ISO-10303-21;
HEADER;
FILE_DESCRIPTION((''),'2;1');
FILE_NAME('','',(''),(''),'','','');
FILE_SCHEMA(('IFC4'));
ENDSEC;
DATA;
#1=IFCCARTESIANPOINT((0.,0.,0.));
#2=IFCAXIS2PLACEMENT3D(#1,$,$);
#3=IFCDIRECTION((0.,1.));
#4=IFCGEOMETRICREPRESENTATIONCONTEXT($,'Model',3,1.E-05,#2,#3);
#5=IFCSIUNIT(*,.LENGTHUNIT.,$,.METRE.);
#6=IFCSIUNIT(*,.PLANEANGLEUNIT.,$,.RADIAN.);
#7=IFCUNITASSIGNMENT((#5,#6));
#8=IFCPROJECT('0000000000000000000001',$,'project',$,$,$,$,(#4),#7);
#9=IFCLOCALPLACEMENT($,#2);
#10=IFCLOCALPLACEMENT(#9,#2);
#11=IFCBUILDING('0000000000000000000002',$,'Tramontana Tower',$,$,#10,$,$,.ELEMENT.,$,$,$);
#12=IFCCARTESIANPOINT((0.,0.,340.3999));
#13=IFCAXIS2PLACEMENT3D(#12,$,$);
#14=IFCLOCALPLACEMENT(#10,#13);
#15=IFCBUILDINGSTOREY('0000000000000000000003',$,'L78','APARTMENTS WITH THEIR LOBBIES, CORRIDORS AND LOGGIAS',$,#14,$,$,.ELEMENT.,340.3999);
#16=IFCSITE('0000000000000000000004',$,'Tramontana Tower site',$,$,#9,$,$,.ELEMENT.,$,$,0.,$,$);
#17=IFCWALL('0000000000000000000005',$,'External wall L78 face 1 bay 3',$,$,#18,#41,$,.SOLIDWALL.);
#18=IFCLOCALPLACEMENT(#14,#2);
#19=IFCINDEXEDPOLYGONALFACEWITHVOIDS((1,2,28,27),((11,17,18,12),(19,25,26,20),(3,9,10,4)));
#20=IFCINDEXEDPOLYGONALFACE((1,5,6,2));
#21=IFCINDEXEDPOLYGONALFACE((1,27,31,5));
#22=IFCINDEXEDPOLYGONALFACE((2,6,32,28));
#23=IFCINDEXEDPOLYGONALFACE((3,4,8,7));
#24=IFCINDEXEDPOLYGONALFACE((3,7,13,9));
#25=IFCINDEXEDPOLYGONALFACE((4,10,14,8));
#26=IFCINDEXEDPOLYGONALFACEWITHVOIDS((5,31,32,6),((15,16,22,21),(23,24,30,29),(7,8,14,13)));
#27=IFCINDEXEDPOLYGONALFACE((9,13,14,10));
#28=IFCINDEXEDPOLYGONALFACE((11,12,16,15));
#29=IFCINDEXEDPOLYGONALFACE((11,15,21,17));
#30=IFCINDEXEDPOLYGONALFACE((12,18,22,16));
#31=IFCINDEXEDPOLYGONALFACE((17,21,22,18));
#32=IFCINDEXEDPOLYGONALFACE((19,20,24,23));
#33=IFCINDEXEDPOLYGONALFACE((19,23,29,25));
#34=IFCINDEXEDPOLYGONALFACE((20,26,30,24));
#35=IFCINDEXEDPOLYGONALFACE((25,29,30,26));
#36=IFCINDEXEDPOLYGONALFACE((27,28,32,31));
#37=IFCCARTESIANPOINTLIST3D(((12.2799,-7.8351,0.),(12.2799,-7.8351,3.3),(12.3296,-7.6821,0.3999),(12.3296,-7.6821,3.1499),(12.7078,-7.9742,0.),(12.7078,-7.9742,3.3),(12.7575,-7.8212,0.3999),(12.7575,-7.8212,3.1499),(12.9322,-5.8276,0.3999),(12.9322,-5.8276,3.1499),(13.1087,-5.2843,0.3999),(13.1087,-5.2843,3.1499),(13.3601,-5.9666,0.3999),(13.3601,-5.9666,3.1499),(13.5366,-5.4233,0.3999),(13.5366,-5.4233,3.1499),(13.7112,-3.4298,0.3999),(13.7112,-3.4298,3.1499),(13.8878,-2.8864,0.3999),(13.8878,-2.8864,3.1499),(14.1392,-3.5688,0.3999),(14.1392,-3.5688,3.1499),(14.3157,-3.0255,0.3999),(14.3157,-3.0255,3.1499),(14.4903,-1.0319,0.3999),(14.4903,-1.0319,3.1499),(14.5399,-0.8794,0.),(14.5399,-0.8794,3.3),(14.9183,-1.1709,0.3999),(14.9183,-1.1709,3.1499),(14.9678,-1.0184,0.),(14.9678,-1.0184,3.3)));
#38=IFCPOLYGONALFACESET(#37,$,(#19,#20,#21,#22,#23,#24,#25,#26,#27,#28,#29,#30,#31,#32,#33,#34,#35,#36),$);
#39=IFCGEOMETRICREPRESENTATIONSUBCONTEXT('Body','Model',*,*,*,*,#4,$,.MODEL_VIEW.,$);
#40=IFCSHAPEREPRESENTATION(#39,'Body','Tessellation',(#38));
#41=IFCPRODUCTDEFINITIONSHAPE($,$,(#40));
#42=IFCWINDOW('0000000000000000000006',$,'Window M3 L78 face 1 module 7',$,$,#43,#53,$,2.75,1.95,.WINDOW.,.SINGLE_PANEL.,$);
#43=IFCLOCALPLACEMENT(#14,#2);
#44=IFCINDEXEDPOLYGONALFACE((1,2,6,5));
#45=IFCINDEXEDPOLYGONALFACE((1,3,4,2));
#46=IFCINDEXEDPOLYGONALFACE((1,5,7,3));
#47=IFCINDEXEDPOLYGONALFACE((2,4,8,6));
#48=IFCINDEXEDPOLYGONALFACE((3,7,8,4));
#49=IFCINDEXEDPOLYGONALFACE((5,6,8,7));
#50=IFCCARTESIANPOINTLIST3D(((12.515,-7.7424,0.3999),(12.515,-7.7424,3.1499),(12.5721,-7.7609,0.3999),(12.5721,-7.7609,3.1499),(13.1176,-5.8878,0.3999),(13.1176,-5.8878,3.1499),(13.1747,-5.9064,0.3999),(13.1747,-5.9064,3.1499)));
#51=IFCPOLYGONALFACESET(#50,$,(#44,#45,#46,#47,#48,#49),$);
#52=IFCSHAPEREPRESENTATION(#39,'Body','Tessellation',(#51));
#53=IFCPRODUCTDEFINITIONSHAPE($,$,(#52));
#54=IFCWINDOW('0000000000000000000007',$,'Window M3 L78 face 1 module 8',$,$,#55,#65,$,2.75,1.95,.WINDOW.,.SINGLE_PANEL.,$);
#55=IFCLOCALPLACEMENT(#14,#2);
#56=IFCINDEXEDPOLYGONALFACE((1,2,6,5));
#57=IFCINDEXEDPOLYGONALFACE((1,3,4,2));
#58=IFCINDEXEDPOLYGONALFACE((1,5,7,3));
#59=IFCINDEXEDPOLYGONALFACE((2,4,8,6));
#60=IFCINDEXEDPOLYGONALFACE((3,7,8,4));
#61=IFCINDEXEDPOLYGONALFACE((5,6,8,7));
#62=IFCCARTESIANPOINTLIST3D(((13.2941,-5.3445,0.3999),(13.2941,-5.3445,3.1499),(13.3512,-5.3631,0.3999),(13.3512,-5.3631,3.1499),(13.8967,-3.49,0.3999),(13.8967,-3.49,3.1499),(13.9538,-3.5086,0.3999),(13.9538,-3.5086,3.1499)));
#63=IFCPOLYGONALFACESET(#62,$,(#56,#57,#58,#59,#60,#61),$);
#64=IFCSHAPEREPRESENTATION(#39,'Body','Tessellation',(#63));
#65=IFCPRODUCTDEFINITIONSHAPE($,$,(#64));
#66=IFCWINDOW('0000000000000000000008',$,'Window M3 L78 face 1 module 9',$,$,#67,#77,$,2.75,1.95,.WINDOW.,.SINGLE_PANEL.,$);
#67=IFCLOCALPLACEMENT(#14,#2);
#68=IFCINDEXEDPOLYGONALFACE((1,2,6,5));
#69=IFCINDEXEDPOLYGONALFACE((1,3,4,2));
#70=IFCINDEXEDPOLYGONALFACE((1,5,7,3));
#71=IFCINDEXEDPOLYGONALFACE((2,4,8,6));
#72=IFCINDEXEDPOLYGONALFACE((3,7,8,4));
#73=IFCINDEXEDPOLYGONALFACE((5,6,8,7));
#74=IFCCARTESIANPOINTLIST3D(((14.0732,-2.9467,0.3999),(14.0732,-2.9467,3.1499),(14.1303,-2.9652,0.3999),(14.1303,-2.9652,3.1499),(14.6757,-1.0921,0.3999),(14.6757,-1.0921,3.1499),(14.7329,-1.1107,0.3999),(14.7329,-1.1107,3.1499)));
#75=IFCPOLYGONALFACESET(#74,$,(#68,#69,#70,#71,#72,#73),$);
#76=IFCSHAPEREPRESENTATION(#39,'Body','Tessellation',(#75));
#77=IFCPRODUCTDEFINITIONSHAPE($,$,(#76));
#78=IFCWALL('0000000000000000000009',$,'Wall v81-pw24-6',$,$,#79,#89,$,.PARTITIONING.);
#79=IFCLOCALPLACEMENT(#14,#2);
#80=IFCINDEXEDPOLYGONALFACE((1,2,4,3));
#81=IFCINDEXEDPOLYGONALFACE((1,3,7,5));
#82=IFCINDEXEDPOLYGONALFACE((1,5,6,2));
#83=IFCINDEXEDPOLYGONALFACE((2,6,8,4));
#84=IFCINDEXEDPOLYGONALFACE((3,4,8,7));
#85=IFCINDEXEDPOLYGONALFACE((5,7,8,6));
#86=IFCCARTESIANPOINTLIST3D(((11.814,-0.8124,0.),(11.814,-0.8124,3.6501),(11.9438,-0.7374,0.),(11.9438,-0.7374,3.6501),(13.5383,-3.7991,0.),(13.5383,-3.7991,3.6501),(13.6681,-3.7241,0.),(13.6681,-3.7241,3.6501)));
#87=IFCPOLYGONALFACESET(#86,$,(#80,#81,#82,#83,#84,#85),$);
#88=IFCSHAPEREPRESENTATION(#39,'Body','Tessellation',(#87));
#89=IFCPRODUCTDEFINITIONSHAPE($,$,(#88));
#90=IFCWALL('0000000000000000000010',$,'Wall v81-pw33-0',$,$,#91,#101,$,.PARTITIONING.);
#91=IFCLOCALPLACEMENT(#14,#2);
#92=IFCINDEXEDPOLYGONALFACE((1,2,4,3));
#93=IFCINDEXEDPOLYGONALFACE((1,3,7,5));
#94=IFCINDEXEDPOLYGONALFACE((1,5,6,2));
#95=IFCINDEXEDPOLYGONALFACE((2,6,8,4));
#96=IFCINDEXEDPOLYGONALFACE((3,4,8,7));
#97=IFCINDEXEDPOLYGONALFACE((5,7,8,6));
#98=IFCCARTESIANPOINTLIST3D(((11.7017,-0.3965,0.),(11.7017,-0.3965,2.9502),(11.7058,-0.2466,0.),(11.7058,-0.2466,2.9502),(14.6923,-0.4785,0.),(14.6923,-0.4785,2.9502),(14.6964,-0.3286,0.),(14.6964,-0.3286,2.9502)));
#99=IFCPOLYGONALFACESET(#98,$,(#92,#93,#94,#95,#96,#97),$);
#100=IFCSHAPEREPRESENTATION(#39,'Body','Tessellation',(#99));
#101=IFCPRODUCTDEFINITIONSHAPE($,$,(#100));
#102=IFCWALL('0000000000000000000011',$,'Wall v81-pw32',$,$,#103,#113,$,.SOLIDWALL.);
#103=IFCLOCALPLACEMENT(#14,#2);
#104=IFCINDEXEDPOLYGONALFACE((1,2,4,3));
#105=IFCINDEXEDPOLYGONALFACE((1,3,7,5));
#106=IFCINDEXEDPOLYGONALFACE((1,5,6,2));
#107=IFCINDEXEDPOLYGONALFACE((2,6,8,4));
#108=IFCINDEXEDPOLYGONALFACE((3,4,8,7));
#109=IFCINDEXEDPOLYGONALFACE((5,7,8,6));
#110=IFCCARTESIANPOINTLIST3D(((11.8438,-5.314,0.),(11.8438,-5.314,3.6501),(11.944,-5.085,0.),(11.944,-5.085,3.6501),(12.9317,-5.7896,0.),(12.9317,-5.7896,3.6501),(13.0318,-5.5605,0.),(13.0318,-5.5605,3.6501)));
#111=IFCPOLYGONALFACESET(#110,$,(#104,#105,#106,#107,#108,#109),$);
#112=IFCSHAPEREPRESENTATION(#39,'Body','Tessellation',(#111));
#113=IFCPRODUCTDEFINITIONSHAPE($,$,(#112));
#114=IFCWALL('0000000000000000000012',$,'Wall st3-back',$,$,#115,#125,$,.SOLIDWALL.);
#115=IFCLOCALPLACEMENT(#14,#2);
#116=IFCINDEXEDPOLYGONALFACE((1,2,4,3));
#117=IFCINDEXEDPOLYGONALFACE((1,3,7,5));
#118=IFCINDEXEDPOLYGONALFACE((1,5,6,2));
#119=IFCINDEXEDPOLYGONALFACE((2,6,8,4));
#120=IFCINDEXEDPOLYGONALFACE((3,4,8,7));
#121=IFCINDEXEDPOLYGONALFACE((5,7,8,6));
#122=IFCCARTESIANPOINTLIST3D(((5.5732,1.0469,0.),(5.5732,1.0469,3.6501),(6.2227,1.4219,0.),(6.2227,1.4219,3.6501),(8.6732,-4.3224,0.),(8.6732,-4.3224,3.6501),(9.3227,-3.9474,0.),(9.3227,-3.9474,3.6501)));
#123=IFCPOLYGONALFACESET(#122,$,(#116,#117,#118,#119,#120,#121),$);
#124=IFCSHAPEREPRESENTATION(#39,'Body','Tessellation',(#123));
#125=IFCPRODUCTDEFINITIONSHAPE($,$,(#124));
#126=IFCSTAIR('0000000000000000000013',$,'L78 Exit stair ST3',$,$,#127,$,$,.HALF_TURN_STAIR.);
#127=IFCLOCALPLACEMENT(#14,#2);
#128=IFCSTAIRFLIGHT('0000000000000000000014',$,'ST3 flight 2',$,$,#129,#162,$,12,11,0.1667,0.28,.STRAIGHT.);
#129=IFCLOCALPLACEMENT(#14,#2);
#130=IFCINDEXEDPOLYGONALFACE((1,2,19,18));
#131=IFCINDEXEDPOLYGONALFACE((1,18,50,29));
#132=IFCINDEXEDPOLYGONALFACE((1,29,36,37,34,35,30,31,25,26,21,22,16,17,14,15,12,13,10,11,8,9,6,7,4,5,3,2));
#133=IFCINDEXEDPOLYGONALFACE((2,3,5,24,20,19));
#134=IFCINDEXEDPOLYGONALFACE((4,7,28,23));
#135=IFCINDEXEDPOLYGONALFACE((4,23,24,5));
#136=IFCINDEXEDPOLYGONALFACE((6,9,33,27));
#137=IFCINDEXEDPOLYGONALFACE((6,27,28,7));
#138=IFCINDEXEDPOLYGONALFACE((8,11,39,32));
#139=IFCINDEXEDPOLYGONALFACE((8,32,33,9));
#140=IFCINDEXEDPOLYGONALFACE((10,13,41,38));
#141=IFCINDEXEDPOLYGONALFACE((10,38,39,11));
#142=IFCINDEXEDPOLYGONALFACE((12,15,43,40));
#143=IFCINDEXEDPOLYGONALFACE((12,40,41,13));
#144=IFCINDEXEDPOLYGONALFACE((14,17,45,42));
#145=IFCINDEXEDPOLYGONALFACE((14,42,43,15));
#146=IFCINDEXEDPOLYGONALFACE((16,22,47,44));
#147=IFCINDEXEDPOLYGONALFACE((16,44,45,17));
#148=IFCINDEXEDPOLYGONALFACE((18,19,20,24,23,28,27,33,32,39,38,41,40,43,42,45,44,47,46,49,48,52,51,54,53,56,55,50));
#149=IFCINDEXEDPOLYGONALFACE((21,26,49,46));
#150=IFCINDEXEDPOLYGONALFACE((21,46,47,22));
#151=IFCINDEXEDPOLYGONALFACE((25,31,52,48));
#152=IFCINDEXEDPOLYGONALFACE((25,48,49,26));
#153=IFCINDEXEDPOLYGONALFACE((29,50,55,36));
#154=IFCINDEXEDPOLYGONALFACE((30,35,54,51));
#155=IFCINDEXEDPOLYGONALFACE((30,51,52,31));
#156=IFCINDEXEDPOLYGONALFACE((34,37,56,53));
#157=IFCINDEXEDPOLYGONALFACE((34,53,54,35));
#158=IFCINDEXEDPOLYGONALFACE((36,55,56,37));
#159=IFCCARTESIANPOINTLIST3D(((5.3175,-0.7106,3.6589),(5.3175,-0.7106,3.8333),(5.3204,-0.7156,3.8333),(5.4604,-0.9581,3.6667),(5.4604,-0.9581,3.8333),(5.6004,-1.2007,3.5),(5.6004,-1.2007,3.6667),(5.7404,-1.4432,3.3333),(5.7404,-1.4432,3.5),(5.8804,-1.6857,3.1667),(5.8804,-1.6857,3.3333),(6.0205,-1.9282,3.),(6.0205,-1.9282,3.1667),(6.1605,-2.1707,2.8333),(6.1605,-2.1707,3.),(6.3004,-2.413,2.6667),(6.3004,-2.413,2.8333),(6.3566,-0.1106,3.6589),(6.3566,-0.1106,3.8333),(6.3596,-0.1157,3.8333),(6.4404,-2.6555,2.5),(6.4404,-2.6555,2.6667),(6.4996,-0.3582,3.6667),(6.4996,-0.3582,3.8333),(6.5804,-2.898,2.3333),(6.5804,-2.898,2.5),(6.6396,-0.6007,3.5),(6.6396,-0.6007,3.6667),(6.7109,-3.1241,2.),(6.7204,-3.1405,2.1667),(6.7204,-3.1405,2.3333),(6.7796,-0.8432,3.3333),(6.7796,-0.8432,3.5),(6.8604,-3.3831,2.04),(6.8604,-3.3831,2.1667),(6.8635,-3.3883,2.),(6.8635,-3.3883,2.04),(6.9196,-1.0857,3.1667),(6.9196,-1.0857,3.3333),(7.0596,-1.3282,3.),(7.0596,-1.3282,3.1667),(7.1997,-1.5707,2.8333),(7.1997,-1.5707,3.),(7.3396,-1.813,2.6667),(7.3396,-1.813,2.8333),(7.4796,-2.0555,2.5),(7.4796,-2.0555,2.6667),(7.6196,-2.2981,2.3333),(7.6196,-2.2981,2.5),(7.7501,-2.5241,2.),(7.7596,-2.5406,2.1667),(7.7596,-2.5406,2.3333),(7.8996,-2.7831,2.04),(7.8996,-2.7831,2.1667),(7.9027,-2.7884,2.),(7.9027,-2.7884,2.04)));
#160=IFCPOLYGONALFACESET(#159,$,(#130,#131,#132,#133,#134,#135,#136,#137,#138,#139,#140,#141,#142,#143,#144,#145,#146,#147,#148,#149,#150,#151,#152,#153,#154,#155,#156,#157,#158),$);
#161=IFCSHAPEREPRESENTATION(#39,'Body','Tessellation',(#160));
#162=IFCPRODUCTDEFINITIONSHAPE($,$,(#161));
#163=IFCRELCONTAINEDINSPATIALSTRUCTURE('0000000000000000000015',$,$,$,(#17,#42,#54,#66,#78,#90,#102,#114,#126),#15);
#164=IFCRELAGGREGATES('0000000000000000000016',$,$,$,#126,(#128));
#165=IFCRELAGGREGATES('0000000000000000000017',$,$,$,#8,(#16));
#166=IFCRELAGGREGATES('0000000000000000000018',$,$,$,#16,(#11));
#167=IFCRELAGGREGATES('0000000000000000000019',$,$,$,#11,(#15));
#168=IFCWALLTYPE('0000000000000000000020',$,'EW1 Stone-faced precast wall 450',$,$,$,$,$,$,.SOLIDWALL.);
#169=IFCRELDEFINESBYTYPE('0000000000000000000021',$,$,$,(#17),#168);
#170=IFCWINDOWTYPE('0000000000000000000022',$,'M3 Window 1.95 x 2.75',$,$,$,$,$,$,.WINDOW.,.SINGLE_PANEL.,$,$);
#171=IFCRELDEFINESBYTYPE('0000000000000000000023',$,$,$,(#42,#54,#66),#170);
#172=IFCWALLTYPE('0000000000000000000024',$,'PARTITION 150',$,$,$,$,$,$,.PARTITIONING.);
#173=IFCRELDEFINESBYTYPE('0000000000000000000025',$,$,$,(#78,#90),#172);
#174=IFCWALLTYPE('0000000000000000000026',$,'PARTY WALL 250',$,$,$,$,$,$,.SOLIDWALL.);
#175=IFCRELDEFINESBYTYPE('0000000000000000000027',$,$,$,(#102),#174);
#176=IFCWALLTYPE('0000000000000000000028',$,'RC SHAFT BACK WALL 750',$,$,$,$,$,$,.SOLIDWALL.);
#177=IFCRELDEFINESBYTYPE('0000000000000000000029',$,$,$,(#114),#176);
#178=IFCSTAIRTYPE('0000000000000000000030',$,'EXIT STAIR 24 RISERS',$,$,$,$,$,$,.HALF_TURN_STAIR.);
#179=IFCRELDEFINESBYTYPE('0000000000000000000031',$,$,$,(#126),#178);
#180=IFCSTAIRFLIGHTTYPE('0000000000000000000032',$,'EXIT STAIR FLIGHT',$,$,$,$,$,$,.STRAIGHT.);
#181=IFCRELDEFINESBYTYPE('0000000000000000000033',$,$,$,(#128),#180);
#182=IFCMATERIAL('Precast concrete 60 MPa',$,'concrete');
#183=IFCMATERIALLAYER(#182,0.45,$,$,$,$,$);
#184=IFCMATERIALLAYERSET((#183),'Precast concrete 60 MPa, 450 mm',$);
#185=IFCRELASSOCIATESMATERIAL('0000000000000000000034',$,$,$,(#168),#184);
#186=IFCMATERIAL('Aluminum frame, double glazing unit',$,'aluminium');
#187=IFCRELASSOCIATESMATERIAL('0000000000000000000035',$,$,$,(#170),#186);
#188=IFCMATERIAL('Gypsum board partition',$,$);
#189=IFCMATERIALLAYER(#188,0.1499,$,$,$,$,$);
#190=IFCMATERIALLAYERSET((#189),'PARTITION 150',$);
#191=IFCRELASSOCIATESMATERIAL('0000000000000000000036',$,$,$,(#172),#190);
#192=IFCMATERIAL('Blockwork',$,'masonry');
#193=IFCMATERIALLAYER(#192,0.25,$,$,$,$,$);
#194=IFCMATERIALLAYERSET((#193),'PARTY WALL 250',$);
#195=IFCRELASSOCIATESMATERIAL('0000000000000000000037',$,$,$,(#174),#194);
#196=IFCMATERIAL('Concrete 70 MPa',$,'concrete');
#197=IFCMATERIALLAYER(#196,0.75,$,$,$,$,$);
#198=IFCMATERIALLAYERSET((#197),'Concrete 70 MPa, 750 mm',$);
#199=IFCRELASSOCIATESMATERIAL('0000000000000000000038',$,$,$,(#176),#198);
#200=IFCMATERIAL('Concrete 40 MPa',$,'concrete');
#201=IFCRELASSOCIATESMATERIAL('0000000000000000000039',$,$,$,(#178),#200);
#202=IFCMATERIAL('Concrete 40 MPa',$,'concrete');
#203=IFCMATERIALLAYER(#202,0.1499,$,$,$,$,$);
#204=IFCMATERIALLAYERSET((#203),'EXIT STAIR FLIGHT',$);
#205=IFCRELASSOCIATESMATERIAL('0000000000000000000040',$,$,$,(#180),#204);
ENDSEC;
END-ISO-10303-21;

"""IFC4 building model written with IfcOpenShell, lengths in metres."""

from ifc_helpers import new_model, si_unit, direction, frame, frame_2d, origin, place, context, subcontext, project, spatial, polyline, rectangle, outline, extrude, material, layer, layer_set, type_object, element, fill, aggregate, save


model = new_model("IFC4")

# Units and contexts
model_context = context("Model", 3, precision=1e-05, world=origin(), true_north=direction((0.0, 1.0)))
body_context = subcontext(model_context, "Body", "Model", "MODEL_VIEW")
ifc_project = project(units=[si_unit("LENGTHUNIT", "METRE"), si_unit("PLANEANGLEUNIT", "RADIAN")], contexts=[model_context])

# Site, building, storey
site_placement = place(None, origin())
site = spatial("IfcSite", under=ifc_project, at=site_placement, Name="Tramontana Tower site", CompositionType="ELEMENT", RefElevation=0.0)
building_placement = place(site_placement, origin())
building = spatial("IfcBuilding", under=site, at=building_placement, Name="Tramontana Tower", CompositionType="ELEMENT")
storey_placement = place(building_placement, frame((0.0, 0.0, 340.3999)))
storey = spatial("IfcBuildingStorey", under=building, at=storey_placement, Name="L78", Description="APARTMENTS WITH THEIR LOBBIES, CORRIDORS AND LOGGIAS", CompositionType="ELEMENT", Elevation=340.3999)

# Wall, openings, windows
ifc_material_1 = material(Name="Precast concrete 60 MPa", Category="concrete")
ifc_layer_1 = layer(ifc_material_1, 0.45)
ifc_layer_set_1 = layer_set([ifc_layer_1], Name="Precast concrete 60 MPa, 450 mm")
wall_type_1 = type_object("IfcWallType", Name="EW1 Stone-faced precast wall 450", PredefinedType="SOLIDWALL", material=ifc_layer_set_1)
wall_1_placement = place(storey_placement, frame((12.4939, -7.9045, 0.0), z_axis=(0.0, 0.0, 1.0), x_axis=(0.309008, 0.951059, 0.0)))
wall_1 = element("IfcWall", 1, at=wall_1_placement, inside=storey, type_object=wall_type_1, Name="External wall L78 face 1 bay 3", PredefinedType="SOLIDWALL", context=body_context, shape_type="SweptSolid", body=[
    extrude(rectangle(XDim=7.3137, YDim=0.45, at=frame_2d((3.6567, 0.0))), origin(), (0.0, 0.0, 1.0), 3.3),
])
opening_1_placement = place(wall_1_placement, frame((0.1606, 0.0, 0.3999)))
opening_1 = element("IfcOpeningElement", 2, at=opening_1_placement, cuts=wall_1, PredefinedType="OPENING", context=body_context, shape_type="SweptSolid", body=[
    extrude(rectangle(XDim=1.95, YDim=2.75, at=frame_2d((0.9751, 1.375))), frame((0.0, 0.2349, 0.0), z_axis=(0.0, -1.0, 0.0), x_axis=(1.0, 0.0, 0.0)), (0.0, 0.0, 1.0), 0.47),
])
opening_2_placement = place(wall_1_placement, frame((2.6819, 0.0, 0.3999)))
opening_2 = element("IfcOpeningElement", 3, at=opening_2_placement, cuts=wall_1, PredefinedType="OPENING", context=body_context, shape_type="SweptSolid", body=[
    extrude(rectangle(XDim=1.95, YDim=2.75, at=frame_2d((0.9751, 1.375))), frame((0.0, 0.2349, 0.0), z_axis=(0.0, -1.0, 0.0), x_axis=(1.0, 0.0, 0.0)), (0.0, 0.0, 1.0), 0.47),
])
opening_3_placement = place(wall_1_placement, frame((5.2031, 0.0, 0.3999)))
opening_3 = element("IfcOpeningElement", 4, at=opening_3_placement, cuts=wall_1, PredefinedType="OPENING", context=body_context, shape_type="SweptSolid", body=[
    extrude(rectangle(XDim=1.95, YDim=2.75, at=frame_2d((0.9751, 1.375))), frame((0.0, 0.2349, 0.0), z_axis=(0.0, -1.0, 0.0), x_axis=(1.0, 0.0, 0.0)), (0.0, 0.0, 1.0), 0.47),
])
ifc_material_2 = material(Name="Aluminum frame, double glazing unit", Category="aluminium")
window_type = type_object("IfcWindowType", Name="M3 Window 1.95 x 2.75", PartitioningType="SINGLE_PANEL", PredefinedType="WINDOW", material=ifc_material_2)
window_1_placement = place(opening_1_placement, origin())
window_1 = element("IfcWindow", 5, at=window_1_placement, inside=storey, type_object=window_type, Name="Window M3 L78 face 1 module 7", OverallHeight=2.75, OverallWidth=1.95, PartitioningType="SINGLE_PANEL", PredefinedType="WINDOW", context=body_context, shape_type="SweptSolid", body=[
    extrude(rectangle(XDim=1.95, YDim=2.75, at=frame_2d((0.9751, 1.375))), frame((0.0, 0.03, 0.0), z_axis=(0.0, -1.0, 0.0), x_axis=(1.0, 0.0, 0.0)), (0.0, 0.0, 1.0), 0.0601),
])
fill(opening_1, window_1)
window_2_placement = place(opening_2_placement, origin())
window_2 = element("IfcWindow", 6, at=window_2_placement, inside=storey, type_object=window_type, Name="Window M3 L78 face 1 module 8", OverallHeight=2.75, OverallWidth=1.95, PartitioningType="SINGLE_PANEL", PredefinedType="WINDOW", context=body_context, shape_type="SweptSolid", body=[
    extrude(rectangle(XDim=1.95, YDim=2.75, at=frame_2d((0.9751, 1.375))), frame((0.0, 0.03, 0.0), z_axis=(0.0, -1.0, 0.0), x_axis=(1.0, 0.0, 0.0)), (0.0, 0.0, 1.0), 0.0601),
])
fill(opening_2, window_2)
window_3_placement = place(opening_3_placement, origin())
window_3 = element("IfcWindow", 7, at=window_3_placement, inside=storey, type_object=window_type, Name="Window M3 L78 face 1 module 9", OverallHeight=2.75, OverallWidth=1.95, PartitioningType="SINGLE_PANEL", PredefinedType="WINDOW", context=body_context, shape_type="SweptSolid", body=[
    extrude(rectangle(XDim=1.95, YDim=2.75, at=frame_2d((0.9751, 1.375))), frame((0.0, 0.03, 0.0), z_axis=(0.0, -1.0, 0.0), x_axis=(1.0, 0.0, 0.0)), (0.0, 0.0, 1.0), 0.0601),
])
fill(opening_3, window_3)

# Walls
ifc_material_3 = material(Name="Gypsum board partition")
ifc_layer_2 = layer(ifc_material_3, 0.1499)
ifc_layer_set_2 = layer_set([ifc_layer_2], Name="PARTITION 150")
wall_type_2 = type_object("IfcWallType", Name="PARTITION 150", PredefinedType="PARTITIONING", material=ifc_layer_set_2)
wall_2_placement = place(storey_placement, frame((11.8789, -0.7749, 0.0), z_axis=(0.0, 0.0, 1.0), x_axis=(0.499984, -0.866035, 0.0)))
element("IfcWall", 8, at=wall_2_placement, inside=storey, type_object=wall_type_2, Name="Wall v81-pw24-6", PredefinedType="PARTITIONING", context=body_context, shape_type="SweptSolid", body=[
    extrude(rectangle(XDim=3.4487, YDim=0.1499, at=frame_2d((1.7244, 0.0))), origin(), (0.0, 0.0, 1.0), 3.6501),
])
wall_3_placement = place(storey_placement, frame((14.6943, -0.4036, 0.0), z_axis=(0.0, 0.0, 1.0), x_axis=(-0.999624, 0.02742, 0.0)))
element("IfcWall", 9, at=wall_3_placement, inside=storey, type_object=wall_type_2, Name="Wall v81-pw33-0", PredefinedType="PARTITIONING", context=body_context, shape_type="SweptSolid", body=[
    extrude(rectangle(XDim=2.9917, YDim=0.1499, at=frame_2d((1.4958, 0.0))), origin(), (0.0, 0.0, 1.0), 2.9502),
])
ifc_material_4 = material(Name="Blockwork", Category="masonry")
ifc_layer_3 = layer(ifc_material_4, 0.25)
ifc_layer_set_3 = layer_set([ifc_layer_3], Name="PARTY WALL 250")
wall_type_3 = type_object("IfcWallType", Name="PARTY WALL 250", PredefinedType="SOLIDWALL", material=ifc_layer_set_3)
wall_4_placement = place(storey_placement, frame((11.8938, -5.1995, 0.0), z_axis=(0.0, 0.0, 1.0), x_axis=(0.916271, -0.40056, 0.0)))
element("IfcWall", 10, at=wall_4_placement, inside=storey, type_object=wall_type_3, Name="Wall v81-pw32", PredefinedType="SOLIDWALL", context=body_context, shape_type="SweptSolid", body=[
    extrude(rectangle(XDim=1.1873, YDim=0.25, at=frame_2d((0.5938, 0.0))), origin(), (0.0, 0.0, 1.0), 3.6501),
])
ifc_material_5 = material(Name="Concrete 70 MPa", Category="concrete")
ifc_layer_4 = layer(ifc_material_5, 0.75)
ifc_layer_set_4 = layer_set([ifc_layer_4], Name="Concrete 70 MPa, 750 mm")
wall_type_4 = type_object("IfcWallType", Name="RC SHAFT BACK WALL 750", PredefinedType="SOLIDWALL", material=ifc_layer_set_4)
wall_5_placement = place(storey_placement, frame((8.998, -4.135, 0.0), z_axis=(0.0, 0.0, 1.0), x_axis=(-0.50001, 0.86602, 0.0)))
element("IfcWall", 11, at=wall_5_placement, inside=storey, type_object=wall_type_4, Name="Wall st3-back", PredefinedType="SOLIDWALL", context=body_context, shape_type="SweptSolid", body=[
    extrude(rectangle(XDim=6.2, YDim=0.75, at=frame_2d((3.1001, 0.0))), origin(), (0.0, 0.0, 1.0), 3.6501),
])

# Stair, stair flight
ifc_material_6 = material(Name="Concrete 40 MPa", Category="concrete")
stair_type = type_object("IfcStairType", Name="EXIT STAIR 24 RISERS", PredefinedType="HALF_TURN_STAIR", material=ifc_material_6)
stair_placement = place(storey_placement, origin())
stair = element("IfcStair", 12, at=stair_placement, inside=storey, type_object=stair_type, Name="L78 Exit stair ST3", PredefinedType="HALF_TURN_STAIR")
ifc_material_7 = material(Name="Concrete 40 MPa", Category="concrete")
ifc_layer_5 = layer(ifc_material_7, 0.1499)
ifc_layer_set_5 = layer_set([ifc_layer_5], Name="EXIT STAIR FLIGHT")
stair_flight_type = type_object("IfcStairFlightType", Name="EXIT STAIR FLIGHT", PredefinedType="STRAIGHT", material=ifc_layer_set_5)
stair_flight_placement = place(storey_placement, frame((7.3801, -3.083, 2.0), z_axis=(0.0, 0.0, 1.0), x_axis=(-0.5, 0.866025, 0.0)))
stair_flight = element("IfcStairFlight", 13, at=stair_flight_placement, type_object=stair_flight_type, Name="ST3 flight 2", NumberOfRisers=12, NumberOfTreads=11, PredefinedType="STRAIGHT", RiserHeight=0.1667, TreadLength=0.28, context=body_context, shape_type="SweptSolid", body=[
    extrude(outline(polyline([(-0.0061, 0.0), (-0.0061, 0.04), (0.0, 0.04), (0.0, 0.1667), (0.28, 0.1667), (0.28, 0.3333), (0.5601, 0.3333), (0.5601, 0.5), (0.8401, 0.5), (0.8401, 0.6667), (1.1201, 0.6667), (1.1201, 0.8333), (1.3999, 0.8333), (1.3999, 1.0), (1.6799, 1.0), (1.6799, 1.1667), (1.96, 1.1667), (1.96, 1.3333), (2.24, 1.3333), (2.24, 1.5), (2.52, 1.5), (2.52, 1.6667), (2.8, 1.6667), (2.8, 1.8333), (3.0801, 1.8333), (3.0859, 1.8333), (3.0859, 1.6589), (0.2991, 0.0), (-0.0061, 0.0)])), frame((0.0, 0.6001, 0.0), z_axis=(0.0, -1.0, 0.0), x_axis=(1.0, 0.0, 0.0)), (0.0, 0.0, 1.0), 1.2),
])
aggregate(stair, [stair_flight])

save(model, "model.ifc")
